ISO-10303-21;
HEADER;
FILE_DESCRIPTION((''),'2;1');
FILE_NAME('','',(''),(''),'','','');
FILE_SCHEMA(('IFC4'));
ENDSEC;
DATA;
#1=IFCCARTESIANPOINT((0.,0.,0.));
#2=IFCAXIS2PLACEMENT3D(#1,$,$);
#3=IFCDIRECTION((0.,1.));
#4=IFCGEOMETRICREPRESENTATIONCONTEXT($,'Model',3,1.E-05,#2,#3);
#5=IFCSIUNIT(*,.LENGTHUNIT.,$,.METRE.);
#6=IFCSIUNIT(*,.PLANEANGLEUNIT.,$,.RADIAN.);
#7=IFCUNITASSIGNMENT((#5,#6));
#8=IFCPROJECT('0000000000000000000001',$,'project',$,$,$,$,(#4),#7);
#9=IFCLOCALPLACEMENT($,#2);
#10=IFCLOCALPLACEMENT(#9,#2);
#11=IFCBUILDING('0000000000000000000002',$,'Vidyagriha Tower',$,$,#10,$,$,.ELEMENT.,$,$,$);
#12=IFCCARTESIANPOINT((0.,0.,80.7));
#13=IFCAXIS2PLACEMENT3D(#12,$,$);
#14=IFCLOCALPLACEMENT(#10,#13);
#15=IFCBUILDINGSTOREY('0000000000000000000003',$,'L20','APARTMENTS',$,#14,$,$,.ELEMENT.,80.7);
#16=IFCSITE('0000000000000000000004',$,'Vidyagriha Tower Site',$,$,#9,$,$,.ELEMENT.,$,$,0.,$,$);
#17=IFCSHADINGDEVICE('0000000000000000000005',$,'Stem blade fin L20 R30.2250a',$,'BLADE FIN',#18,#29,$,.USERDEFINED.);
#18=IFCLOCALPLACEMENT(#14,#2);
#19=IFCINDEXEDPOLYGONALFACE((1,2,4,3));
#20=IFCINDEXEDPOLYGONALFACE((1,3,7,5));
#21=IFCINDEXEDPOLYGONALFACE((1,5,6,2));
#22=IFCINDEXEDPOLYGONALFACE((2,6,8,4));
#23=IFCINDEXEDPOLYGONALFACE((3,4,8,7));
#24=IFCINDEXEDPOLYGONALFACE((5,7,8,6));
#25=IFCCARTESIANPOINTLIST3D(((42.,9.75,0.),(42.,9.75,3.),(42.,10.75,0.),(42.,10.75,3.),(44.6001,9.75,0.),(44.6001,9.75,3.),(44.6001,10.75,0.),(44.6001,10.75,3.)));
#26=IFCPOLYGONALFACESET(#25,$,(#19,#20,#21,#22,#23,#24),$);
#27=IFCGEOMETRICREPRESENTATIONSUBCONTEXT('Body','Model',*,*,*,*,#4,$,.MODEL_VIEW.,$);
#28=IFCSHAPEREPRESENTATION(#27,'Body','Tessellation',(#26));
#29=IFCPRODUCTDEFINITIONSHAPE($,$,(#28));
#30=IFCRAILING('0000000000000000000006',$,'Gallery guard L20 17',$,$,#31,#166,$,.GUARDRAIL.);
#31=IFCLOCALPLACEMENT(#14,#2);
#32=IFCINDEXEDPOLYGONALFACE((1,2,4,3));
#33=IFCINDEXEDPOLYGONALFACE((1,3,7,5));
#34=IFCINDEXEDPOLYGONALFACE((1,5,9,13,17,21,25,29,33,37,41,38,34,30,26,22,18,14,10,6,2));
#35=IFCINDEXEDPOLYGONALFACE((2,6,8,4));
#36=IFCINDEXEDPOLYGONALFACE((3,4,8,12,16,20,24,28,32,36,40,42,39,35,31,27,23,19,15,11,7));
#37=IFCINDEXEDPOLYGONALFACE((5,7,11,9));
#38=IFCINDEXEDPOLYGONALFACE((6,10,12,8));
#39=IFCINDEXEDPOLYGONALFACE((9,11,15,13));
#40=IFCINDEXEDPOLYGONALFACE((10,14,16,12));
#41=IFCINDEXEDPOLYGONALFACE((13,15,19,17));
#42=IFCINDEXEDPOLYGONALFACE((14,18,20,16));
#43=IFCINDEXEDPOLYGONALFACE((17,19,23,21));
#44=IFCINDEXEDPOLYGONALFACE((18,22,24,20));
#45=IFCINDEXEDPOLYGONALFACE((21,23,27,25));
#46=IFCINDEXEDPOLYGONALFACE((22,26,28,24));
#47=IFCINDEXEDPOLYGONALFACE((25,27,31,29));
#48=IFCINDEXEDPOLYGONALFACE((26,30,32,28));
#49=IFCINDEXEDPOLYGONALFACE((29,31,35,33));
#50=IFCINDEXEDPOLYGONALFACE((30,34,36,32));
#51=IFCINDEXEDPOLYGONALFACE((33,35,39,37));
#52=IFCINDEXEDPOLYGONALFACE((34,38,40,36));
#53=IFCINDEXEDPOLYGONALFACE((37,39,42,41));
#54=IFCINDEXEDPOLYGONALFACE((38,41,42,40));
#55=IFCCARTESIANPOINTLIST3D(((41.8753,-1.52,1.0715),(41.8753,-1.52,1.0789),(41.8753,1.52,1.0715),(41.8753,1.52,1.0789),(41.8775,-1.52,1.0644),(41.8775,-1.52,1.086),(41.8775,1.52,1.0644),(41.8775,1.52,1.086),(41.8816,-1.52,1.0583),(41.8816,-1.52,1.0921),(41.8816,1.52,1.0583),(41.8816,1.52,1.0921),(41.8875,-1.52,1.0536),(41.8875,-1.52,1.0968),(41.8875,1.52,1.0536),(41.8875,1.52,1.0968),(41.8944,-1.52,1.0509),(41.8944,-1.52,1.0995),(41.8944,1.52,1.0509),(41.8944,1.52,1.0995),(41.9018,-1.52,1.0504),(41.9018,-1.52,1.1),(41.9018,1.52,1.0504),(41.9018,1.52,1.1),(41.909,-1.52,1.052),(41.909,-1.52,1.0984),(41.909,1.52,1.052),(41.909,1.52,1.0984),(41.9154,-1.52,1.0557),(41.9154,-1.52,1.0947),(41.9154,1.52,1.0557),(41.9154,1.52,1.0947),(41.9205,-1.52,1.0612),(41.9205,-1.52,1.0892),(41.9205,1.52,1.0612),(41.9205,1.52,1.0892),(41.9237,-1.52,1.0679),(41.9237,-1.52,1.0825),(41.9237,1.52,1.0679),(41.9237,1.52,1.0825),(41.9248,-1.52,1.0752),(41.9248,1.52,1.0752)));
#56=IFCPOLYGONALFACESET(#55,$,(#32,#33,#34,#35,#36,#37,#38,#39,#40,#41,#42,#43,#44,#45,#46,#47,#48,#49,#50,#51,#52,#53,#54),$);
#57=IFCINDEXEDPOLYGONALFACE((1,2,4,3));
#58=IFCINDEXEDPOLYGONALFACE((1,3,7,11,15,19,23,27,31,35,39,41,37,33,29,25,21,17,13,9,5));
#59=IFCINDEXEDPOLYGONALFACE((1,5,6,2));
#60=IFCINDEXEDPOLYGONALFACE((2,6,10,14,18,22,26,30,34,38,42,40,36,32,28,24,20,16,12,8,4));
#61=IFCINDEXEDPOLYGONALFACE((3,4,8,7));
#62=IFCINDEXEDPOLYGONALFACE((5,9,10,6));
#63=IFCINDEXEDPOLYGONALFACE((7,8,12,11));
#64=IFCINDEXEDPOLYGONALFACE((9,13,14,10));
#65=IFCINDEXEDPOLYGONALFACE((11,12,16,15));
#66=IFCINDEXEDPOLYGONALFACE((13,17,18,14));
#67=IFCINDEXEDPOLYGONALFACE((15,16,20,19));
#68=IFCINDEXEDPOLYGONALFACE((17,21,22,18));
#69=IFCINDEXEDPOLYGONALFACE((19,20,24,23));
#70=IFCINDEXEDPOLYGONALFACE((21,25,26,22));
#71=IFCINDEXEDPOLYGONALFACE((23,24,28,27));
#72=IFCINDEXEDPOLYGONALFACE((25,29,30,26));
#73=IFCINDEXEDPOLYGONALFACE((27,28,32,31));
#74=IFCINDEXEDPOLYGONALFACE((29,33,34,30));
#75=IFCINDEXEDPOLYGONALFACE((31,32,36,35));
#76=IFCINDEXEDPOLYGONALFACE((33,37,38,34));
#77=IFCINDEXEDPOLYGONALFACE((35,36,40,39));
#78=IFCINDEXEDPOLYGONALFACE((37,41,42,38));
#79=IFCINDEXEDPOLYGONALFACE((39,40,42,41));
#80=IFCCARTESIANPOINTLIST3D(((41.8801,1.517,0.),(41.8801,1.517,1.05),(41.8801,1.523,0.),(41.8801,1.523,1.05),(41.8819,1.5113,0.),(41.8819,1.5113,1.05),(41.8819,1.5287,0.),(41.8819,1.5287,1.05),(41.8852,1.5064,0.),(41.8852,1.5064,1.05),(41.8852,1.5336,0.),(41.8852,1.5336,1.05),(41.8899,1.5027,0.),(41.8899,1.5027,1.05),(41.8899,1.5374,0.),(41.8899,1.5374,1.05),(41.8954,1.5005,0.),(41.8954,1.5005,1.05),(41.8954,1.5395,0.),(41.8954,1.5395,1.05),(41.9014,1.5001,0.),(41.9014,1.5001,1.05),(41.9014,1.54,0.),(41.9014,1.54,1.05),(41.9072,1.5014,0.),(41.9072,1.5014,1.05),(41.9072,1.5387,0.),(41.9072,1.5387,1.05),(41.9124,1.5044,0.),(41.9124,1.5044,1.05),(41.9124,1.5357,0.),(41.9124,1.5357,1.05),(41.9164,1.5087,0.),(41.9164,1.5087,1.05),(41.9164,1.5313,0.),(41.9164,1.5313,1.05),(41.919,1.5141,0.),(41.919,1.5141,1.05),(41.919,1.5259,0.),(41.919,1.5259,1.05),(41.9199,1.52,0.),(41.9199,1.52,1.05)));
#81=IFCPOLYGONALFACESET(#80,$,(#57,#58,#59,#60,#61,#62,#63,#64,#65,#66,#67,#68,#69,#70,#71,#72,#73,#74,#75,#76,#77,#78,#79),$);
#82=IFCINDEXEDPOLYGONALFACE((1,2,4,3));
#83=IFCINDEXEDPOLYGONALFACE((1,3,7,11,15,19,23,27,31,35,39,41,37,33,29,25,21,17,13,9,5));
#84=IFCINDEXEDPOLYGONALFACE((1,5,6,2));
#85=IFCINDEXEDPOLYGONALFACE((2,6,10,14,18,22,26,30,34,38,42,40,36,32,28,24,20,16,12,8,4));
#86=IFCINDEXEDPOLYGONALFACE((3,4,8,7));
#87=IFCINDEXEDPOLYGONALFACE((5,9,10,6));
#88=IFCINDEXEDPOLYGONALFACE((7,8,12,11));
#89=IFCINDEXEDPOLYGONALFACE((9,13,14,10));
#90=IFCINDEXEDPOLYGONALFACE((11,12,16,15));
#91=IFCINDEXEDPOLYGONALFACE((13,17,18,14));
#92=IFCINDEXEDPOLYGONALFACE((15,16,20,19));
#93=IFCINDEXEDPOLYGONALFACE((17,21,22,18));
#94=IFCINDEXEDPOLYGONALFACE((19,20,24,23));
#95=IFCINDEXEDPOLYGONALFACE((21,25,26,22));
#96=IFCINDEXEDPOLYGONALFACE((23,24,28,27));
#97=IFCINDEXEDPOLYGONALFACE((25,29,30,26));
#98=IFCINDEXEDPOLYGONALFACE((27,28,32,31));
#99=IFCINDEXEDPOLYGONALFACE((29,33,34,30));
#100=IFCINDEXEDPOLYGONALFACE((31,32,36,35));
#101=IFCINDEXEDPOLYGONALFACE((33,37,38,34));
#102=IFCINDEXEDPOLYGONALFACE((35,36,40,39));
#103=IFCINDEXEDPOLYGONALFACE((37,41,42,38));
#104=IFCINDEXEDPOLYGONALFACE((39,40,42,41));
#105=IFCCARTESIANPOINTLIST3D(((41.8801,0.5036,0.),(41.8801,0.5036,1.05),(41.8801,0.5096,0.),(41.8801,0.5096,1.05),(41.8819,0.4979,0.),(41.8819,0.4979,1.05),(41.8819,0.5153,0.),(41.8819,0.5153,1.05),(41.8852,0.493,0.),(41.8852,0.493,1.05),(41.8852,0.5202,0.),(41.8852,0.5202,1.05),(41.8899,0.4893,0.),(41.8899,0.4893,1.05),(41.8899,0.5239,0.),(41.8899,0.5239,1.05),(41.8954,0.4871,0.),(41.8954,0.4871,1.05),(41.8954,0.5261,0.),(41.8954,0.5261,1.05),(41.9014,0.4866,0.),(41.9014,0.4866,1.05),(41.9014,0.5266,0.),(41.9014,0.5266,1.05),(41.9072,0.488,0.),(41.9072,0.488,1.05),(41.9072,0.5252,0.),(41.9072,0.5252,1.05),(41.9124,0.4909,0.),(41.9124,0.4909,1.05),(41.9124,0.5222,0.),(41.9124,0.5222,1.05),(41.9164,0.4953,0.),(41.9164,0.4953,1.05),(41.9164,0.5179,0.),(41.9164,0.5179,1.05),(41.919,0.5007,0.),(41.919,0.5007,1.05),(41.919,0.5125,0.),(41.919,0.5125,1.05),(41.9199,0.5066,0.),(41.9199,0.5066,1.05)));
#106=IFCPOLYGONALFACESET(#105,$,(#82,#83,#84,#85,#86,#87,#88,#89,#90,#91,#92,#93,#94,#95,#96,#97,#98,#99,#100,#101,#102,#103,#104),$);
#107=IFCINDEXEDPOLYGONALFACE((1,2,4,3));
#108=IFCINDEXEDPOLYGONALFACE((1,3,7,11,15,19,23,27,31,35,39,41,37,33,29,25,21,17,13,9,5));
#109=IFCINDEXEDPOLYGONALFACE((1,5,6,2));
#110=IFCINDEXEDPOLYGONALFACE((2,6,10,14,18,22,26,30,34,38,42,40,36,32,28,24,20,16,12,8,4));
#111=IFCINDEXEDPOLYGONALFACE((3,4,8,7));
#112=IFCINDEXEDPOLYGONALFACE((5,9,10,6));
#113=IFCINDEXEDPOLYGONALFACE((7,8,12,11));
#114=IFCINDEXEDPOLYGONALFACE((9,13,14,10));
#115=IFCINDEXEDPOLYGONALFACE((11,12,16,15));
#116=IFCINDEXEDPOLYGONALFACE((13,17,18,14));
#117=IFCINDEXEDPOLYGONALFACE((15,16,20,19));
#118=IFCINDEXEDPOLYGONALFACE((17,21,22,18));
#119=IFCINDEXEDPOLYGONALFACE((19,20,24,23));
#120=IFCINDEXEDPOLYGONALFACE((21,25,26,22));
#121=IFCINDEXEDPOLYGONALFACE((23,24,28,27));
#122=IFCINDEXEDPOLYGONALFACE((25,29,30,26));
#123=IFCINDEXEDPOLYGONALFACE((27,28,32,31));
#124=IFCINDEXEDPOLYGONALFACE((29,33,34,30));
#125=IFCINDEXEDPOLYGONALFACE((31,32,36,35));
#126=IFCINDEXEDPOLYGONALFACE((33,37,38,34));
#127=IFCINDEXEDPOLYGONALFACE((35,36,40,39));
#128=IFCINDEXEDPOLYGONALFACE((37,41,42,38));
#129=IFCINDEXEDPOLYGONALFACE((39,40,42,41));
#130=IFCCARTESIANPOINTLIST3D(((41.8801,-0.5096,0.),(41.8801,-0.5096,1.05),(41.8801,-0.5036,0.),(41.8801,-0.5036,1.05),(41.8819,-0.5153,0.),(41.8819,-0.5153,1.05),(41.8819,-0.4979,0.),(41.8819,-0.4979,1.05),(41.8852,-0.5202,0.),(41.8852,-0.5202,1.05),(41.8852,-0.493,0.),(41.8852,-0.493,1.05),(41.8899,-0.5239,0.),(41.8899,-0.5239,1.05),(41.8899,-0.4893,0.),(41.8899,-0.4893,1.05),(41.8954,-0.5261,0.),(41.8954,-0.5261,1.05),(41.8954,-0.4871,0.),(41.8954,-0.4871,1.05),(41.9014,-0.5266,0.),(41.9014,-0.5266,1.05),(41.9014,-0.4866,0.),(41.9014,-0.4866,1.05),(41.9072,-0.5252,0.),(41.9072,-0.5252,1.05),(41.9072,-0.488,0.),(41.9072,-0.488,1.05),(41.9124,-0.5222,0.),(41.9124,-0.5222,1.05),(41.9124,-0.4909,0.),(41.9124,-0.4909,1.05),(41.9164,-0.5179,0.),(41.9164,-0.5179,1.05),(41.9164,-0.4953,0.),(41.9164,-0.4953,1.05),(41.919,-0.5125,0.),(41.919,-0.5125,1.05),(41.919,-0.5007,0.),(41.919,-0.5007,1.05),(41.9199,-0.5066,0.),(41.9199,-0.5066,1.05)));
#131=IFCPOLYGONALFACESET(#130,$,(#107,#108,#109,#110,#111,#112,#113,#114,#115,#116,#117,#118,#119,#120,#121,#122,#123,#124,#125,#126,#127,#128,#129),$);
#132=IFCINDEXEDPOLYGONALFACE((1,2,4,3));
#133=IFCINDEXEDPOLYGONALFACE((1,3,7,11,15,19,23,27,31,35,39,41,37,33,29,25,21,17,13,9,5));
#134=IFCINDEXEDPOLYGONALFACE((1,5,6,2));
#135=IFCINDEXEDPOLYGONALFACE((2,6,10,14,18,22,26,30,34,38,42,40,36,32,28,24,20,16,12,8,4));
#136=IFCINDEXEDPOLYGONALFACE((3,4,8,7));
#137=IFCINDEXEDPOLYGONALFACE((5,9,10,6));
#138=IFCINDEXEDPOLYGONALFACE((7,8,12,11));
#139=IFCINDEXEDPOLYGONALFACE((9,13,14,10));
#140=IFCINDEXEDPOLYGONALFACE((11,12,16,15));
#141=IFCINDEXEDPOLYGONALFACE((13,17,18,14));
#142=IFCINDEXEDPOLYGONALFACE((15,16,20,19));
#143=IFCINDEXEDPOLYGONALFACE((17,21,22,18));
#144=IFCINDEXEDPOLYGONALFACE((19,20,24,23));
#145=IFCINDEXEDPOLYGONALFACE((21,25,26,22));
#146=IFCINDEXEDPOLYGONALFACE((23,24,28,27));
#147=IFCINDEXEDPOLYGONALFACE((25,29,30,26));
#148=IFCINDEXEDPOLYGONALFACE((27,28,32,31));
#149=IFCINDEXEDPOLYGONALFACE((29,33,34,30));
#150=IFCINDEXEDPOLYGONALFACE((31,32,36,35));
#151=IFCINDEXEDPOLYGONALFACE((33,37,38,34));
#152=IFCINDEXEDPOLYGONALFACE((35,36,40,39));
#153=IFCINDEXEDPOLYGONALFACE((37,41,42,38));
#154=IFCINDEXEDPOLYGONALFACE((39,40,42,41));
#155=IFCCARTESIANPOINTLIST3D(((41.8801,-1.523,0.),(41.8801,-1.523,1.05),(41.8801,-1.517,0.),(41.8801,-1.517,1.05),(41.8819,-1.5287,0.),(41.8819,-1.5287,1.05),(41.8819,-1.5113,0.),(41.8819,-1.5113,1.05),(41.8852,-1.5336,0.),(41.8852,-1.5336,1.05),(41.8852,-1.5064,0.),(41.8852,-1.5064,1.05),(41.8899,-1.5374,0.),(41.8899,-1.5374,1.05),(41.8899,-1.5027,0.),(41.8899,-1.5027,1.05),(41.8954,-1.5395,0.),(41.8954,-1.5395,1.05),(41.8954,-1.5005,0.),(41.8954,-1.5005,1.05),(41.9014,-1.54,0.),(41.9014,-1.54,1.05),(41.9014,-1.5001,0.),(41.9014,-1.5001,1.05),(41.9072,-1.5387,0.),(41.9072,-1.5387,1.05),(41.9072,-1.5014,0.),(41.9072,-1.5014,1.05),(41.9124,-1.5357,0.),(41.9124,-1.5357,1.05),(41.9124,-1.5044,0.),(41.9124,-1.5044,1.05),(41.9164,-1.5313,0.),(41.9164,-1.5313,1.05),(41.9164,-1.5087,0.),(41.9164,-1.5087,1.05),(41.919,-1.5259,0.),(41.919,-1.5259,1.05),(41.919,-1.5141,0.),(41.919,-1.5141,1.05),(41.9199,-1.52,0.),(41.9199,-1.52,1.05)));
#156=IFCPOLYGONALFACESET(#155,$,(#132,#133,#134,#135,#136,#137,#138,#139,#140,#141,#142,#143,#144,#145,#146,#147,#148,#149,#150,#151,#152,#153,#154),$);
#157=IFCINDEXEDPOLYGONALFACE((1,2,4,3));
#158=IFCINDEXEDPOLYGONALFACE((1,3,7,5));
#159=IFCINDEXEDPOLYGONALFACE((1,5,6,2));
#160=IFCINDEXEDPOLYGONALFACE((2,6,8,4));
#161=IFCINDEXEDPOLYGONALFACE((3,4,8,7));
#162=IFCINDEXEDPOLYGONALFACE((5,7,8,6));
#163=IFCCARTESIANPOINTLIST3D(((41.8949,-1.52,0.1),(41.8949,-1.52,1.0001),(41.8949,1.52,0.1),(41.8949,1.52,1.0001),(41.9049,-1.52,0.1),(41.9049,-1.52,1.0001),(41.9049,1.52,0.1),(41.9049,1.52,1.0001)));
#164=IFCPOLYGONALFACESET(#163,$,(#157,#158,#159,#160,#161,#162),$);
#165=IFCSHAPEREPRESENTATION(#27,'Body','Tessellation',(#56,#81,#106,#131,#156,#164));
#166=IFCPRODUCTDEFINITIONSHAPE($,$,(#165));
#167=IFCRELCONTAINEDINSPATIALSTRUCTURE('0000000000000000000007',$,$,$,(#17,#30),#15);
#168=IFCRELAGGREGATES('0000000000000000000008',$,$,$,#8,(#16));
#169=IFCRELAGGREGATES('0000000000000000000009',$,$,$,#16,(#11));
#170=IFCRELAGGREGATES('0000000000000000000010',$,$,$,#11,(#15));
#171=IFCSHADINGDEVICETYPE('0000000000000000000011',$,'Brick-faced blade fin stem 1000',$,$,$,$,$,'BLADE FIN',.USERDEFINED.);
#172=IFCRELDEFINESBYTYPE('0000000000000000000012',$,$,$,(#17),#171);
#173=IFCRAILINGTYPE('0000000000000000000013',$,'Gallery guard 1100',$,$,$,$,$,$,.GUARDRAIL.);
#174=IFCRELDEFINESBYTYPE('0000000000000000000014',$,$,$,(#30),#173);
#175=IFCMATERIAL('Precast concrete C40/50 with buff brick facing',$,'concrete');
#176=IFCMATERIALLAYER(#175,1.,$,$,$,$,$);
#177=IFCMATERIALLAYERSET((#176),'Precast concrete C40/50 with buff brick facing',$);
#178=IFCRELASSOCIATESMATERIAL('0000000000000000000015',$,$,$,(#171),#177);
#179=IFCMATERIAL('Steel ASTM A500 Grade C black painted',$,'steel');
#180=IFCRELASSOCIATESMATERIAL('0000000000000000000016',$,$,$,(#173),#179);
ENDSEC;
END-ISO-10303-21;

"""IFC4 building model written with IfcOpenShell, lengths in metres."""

from ifc_helpers import new_model, si_unit, direction, frame, origin, origin_2d, place, context, subcontext, project, spatial, polyline, rectangle, circle, outline, extrude, material, layer, layer_set, type_object, element, save


model = new_model("IFC4")

# Units and contexts
model_context = context("Model", 3, precision=1e-05, world=origin(), true_north=direction((0.0, 1.0)))
body_context = subcontext(model_context, "Body", "Model", "MODEL_VIEW")
ifc_project = project(units=[si_unit("LENGTHUNIT", "METRE"), si_unit("PLANEANGLEUNIT", "RADIAN")], contexts=[model_context])

# Site, building, storey
site_placement = place(None, origin())
site = spatial("IfcSite", under=ifc_project, at=site_placement, Name="Vidyagriha Tower Site", CompositionType="ELEMENT", RefElevation=0.0)
building_placement = place(site_placement, origin())
building = spatial("IfcBuilding", under=site, at=building_placement, Name="Vidyagriha Tower", CompositionType="ELEMENT")
storey_placement = place(building_placement, frame((0.0, 0.0, 80.7)))
storey = spatial("IfcBuildingStorey", under=building, at=storey_placement, Name="L20", Description="APARTMENTS", CompositionType="ELEMENT", Elevation=80.7)

# Shading device
ifc_material_1 = material(Name="Precast concrete C40/50 with buff brick facing", Category="concrete")
ifc_layer_1 = layer(ifc_material_1, 1.0)
ifc_layer_set_1 = layer_set([ifc_layer_1], Name="Precast concrete C40/50 with buff brick facing")
shading_device_type_1 = type_object("IfcShadingDeviceType", Name="Brick-faced blade fin stem 1000", ElementType="BLADE FIN", PredefinedType="USERDEFINED", material=ifc_layer_set_1)
shading_device_1_placement = place(storey_placement, frame((43.3, 9.75, 0.0), z_axis=(0.0, 0.0, 1.0), x_axis=(0.0, 1.0, 0.0)))
element("IfcShadingDevice", 1, at=shading_device_1_placement, inside=storey, type_object=shading_device_type_1, Name="Stem blade fin L20 R30.2250a", ObjectType="BLADE FIN", PredefinedType="USERDEFINED", context=body_context, shape_type="SweptSolid", body=[
    extrude(outline(polyline([(0.0, 0.0), (1.0, 0.0), (1.0, 3.0), (0.0, 3.0), (0.0, 0.0)])), frame((0.0, 1.3, 0.0), z_axis=(0.0, -1.0, 0.0), x_axis=(1.0, 0.0, 0.0)), (0.0, 0.0, 1.0), 2.6001),
])

# Railing
ifc_material_2 = material(Name="Steel ASTM A500 Grade C black painted", Category="steel")
railing_type_1 = type_object("IfcRailingType", Name="Gallery guard 1100", PredefinedType="GUARDRAIL", material=ifc_material_2)
railing_1_placement = place(storey_placement, frame((41.8999, 1.52, 0.0)))
element("IfcRailing", 2, at=railing_1_placement, inside=storey, type_object=railing_type_1, Name="Gallery guard L20 17", PredefinedType="GUARDRAIL", context=body_context, shape_type="SweptSolid", body=[
    extrude(circle(Radius=0.0249, at=origin_2d()), frame((0.0, 0.0, 1.0752), z_axis=(0.0, -1.0, 0.0), x_axis=(1.0, 0.0, 0.0)), (0.0, 0.0, 1.0), 3.04),
    extrude(circle(Radius=0.02, at=origin_2d()), origin(), (0.0, 0.0, 1.0), 1.05),
    extrude(circle(Radius=0.02, at=origin_2d()), frame((0.0, -1.0134, 0.0)), (0.0, 0.0, 1.0), 1.05),
    extrude(circle(Radius=0.02, at=origin_2d()), frame((0.0, -2.0266, 0.0)), (0.0, 0.0, 1.0), 1.05),
    extrude(circle(Radius=0.02, at=origin_2d()), frame((0.0, -3.04, 0.0)), (0.0, 0.0, 1.0), 1.05),
    extrude(rectangle(XDim=0.01, YDim=0.9001, at=origin_2d()), frame((0.0, 0.0, 0.55), z_axis=(0.0, -1.0, 0.0), x_axis=(1.0, 0.0, 0.0)), (0.0, 0.0, 1.0), 3.04),
])

save(model, "model.ifc")
